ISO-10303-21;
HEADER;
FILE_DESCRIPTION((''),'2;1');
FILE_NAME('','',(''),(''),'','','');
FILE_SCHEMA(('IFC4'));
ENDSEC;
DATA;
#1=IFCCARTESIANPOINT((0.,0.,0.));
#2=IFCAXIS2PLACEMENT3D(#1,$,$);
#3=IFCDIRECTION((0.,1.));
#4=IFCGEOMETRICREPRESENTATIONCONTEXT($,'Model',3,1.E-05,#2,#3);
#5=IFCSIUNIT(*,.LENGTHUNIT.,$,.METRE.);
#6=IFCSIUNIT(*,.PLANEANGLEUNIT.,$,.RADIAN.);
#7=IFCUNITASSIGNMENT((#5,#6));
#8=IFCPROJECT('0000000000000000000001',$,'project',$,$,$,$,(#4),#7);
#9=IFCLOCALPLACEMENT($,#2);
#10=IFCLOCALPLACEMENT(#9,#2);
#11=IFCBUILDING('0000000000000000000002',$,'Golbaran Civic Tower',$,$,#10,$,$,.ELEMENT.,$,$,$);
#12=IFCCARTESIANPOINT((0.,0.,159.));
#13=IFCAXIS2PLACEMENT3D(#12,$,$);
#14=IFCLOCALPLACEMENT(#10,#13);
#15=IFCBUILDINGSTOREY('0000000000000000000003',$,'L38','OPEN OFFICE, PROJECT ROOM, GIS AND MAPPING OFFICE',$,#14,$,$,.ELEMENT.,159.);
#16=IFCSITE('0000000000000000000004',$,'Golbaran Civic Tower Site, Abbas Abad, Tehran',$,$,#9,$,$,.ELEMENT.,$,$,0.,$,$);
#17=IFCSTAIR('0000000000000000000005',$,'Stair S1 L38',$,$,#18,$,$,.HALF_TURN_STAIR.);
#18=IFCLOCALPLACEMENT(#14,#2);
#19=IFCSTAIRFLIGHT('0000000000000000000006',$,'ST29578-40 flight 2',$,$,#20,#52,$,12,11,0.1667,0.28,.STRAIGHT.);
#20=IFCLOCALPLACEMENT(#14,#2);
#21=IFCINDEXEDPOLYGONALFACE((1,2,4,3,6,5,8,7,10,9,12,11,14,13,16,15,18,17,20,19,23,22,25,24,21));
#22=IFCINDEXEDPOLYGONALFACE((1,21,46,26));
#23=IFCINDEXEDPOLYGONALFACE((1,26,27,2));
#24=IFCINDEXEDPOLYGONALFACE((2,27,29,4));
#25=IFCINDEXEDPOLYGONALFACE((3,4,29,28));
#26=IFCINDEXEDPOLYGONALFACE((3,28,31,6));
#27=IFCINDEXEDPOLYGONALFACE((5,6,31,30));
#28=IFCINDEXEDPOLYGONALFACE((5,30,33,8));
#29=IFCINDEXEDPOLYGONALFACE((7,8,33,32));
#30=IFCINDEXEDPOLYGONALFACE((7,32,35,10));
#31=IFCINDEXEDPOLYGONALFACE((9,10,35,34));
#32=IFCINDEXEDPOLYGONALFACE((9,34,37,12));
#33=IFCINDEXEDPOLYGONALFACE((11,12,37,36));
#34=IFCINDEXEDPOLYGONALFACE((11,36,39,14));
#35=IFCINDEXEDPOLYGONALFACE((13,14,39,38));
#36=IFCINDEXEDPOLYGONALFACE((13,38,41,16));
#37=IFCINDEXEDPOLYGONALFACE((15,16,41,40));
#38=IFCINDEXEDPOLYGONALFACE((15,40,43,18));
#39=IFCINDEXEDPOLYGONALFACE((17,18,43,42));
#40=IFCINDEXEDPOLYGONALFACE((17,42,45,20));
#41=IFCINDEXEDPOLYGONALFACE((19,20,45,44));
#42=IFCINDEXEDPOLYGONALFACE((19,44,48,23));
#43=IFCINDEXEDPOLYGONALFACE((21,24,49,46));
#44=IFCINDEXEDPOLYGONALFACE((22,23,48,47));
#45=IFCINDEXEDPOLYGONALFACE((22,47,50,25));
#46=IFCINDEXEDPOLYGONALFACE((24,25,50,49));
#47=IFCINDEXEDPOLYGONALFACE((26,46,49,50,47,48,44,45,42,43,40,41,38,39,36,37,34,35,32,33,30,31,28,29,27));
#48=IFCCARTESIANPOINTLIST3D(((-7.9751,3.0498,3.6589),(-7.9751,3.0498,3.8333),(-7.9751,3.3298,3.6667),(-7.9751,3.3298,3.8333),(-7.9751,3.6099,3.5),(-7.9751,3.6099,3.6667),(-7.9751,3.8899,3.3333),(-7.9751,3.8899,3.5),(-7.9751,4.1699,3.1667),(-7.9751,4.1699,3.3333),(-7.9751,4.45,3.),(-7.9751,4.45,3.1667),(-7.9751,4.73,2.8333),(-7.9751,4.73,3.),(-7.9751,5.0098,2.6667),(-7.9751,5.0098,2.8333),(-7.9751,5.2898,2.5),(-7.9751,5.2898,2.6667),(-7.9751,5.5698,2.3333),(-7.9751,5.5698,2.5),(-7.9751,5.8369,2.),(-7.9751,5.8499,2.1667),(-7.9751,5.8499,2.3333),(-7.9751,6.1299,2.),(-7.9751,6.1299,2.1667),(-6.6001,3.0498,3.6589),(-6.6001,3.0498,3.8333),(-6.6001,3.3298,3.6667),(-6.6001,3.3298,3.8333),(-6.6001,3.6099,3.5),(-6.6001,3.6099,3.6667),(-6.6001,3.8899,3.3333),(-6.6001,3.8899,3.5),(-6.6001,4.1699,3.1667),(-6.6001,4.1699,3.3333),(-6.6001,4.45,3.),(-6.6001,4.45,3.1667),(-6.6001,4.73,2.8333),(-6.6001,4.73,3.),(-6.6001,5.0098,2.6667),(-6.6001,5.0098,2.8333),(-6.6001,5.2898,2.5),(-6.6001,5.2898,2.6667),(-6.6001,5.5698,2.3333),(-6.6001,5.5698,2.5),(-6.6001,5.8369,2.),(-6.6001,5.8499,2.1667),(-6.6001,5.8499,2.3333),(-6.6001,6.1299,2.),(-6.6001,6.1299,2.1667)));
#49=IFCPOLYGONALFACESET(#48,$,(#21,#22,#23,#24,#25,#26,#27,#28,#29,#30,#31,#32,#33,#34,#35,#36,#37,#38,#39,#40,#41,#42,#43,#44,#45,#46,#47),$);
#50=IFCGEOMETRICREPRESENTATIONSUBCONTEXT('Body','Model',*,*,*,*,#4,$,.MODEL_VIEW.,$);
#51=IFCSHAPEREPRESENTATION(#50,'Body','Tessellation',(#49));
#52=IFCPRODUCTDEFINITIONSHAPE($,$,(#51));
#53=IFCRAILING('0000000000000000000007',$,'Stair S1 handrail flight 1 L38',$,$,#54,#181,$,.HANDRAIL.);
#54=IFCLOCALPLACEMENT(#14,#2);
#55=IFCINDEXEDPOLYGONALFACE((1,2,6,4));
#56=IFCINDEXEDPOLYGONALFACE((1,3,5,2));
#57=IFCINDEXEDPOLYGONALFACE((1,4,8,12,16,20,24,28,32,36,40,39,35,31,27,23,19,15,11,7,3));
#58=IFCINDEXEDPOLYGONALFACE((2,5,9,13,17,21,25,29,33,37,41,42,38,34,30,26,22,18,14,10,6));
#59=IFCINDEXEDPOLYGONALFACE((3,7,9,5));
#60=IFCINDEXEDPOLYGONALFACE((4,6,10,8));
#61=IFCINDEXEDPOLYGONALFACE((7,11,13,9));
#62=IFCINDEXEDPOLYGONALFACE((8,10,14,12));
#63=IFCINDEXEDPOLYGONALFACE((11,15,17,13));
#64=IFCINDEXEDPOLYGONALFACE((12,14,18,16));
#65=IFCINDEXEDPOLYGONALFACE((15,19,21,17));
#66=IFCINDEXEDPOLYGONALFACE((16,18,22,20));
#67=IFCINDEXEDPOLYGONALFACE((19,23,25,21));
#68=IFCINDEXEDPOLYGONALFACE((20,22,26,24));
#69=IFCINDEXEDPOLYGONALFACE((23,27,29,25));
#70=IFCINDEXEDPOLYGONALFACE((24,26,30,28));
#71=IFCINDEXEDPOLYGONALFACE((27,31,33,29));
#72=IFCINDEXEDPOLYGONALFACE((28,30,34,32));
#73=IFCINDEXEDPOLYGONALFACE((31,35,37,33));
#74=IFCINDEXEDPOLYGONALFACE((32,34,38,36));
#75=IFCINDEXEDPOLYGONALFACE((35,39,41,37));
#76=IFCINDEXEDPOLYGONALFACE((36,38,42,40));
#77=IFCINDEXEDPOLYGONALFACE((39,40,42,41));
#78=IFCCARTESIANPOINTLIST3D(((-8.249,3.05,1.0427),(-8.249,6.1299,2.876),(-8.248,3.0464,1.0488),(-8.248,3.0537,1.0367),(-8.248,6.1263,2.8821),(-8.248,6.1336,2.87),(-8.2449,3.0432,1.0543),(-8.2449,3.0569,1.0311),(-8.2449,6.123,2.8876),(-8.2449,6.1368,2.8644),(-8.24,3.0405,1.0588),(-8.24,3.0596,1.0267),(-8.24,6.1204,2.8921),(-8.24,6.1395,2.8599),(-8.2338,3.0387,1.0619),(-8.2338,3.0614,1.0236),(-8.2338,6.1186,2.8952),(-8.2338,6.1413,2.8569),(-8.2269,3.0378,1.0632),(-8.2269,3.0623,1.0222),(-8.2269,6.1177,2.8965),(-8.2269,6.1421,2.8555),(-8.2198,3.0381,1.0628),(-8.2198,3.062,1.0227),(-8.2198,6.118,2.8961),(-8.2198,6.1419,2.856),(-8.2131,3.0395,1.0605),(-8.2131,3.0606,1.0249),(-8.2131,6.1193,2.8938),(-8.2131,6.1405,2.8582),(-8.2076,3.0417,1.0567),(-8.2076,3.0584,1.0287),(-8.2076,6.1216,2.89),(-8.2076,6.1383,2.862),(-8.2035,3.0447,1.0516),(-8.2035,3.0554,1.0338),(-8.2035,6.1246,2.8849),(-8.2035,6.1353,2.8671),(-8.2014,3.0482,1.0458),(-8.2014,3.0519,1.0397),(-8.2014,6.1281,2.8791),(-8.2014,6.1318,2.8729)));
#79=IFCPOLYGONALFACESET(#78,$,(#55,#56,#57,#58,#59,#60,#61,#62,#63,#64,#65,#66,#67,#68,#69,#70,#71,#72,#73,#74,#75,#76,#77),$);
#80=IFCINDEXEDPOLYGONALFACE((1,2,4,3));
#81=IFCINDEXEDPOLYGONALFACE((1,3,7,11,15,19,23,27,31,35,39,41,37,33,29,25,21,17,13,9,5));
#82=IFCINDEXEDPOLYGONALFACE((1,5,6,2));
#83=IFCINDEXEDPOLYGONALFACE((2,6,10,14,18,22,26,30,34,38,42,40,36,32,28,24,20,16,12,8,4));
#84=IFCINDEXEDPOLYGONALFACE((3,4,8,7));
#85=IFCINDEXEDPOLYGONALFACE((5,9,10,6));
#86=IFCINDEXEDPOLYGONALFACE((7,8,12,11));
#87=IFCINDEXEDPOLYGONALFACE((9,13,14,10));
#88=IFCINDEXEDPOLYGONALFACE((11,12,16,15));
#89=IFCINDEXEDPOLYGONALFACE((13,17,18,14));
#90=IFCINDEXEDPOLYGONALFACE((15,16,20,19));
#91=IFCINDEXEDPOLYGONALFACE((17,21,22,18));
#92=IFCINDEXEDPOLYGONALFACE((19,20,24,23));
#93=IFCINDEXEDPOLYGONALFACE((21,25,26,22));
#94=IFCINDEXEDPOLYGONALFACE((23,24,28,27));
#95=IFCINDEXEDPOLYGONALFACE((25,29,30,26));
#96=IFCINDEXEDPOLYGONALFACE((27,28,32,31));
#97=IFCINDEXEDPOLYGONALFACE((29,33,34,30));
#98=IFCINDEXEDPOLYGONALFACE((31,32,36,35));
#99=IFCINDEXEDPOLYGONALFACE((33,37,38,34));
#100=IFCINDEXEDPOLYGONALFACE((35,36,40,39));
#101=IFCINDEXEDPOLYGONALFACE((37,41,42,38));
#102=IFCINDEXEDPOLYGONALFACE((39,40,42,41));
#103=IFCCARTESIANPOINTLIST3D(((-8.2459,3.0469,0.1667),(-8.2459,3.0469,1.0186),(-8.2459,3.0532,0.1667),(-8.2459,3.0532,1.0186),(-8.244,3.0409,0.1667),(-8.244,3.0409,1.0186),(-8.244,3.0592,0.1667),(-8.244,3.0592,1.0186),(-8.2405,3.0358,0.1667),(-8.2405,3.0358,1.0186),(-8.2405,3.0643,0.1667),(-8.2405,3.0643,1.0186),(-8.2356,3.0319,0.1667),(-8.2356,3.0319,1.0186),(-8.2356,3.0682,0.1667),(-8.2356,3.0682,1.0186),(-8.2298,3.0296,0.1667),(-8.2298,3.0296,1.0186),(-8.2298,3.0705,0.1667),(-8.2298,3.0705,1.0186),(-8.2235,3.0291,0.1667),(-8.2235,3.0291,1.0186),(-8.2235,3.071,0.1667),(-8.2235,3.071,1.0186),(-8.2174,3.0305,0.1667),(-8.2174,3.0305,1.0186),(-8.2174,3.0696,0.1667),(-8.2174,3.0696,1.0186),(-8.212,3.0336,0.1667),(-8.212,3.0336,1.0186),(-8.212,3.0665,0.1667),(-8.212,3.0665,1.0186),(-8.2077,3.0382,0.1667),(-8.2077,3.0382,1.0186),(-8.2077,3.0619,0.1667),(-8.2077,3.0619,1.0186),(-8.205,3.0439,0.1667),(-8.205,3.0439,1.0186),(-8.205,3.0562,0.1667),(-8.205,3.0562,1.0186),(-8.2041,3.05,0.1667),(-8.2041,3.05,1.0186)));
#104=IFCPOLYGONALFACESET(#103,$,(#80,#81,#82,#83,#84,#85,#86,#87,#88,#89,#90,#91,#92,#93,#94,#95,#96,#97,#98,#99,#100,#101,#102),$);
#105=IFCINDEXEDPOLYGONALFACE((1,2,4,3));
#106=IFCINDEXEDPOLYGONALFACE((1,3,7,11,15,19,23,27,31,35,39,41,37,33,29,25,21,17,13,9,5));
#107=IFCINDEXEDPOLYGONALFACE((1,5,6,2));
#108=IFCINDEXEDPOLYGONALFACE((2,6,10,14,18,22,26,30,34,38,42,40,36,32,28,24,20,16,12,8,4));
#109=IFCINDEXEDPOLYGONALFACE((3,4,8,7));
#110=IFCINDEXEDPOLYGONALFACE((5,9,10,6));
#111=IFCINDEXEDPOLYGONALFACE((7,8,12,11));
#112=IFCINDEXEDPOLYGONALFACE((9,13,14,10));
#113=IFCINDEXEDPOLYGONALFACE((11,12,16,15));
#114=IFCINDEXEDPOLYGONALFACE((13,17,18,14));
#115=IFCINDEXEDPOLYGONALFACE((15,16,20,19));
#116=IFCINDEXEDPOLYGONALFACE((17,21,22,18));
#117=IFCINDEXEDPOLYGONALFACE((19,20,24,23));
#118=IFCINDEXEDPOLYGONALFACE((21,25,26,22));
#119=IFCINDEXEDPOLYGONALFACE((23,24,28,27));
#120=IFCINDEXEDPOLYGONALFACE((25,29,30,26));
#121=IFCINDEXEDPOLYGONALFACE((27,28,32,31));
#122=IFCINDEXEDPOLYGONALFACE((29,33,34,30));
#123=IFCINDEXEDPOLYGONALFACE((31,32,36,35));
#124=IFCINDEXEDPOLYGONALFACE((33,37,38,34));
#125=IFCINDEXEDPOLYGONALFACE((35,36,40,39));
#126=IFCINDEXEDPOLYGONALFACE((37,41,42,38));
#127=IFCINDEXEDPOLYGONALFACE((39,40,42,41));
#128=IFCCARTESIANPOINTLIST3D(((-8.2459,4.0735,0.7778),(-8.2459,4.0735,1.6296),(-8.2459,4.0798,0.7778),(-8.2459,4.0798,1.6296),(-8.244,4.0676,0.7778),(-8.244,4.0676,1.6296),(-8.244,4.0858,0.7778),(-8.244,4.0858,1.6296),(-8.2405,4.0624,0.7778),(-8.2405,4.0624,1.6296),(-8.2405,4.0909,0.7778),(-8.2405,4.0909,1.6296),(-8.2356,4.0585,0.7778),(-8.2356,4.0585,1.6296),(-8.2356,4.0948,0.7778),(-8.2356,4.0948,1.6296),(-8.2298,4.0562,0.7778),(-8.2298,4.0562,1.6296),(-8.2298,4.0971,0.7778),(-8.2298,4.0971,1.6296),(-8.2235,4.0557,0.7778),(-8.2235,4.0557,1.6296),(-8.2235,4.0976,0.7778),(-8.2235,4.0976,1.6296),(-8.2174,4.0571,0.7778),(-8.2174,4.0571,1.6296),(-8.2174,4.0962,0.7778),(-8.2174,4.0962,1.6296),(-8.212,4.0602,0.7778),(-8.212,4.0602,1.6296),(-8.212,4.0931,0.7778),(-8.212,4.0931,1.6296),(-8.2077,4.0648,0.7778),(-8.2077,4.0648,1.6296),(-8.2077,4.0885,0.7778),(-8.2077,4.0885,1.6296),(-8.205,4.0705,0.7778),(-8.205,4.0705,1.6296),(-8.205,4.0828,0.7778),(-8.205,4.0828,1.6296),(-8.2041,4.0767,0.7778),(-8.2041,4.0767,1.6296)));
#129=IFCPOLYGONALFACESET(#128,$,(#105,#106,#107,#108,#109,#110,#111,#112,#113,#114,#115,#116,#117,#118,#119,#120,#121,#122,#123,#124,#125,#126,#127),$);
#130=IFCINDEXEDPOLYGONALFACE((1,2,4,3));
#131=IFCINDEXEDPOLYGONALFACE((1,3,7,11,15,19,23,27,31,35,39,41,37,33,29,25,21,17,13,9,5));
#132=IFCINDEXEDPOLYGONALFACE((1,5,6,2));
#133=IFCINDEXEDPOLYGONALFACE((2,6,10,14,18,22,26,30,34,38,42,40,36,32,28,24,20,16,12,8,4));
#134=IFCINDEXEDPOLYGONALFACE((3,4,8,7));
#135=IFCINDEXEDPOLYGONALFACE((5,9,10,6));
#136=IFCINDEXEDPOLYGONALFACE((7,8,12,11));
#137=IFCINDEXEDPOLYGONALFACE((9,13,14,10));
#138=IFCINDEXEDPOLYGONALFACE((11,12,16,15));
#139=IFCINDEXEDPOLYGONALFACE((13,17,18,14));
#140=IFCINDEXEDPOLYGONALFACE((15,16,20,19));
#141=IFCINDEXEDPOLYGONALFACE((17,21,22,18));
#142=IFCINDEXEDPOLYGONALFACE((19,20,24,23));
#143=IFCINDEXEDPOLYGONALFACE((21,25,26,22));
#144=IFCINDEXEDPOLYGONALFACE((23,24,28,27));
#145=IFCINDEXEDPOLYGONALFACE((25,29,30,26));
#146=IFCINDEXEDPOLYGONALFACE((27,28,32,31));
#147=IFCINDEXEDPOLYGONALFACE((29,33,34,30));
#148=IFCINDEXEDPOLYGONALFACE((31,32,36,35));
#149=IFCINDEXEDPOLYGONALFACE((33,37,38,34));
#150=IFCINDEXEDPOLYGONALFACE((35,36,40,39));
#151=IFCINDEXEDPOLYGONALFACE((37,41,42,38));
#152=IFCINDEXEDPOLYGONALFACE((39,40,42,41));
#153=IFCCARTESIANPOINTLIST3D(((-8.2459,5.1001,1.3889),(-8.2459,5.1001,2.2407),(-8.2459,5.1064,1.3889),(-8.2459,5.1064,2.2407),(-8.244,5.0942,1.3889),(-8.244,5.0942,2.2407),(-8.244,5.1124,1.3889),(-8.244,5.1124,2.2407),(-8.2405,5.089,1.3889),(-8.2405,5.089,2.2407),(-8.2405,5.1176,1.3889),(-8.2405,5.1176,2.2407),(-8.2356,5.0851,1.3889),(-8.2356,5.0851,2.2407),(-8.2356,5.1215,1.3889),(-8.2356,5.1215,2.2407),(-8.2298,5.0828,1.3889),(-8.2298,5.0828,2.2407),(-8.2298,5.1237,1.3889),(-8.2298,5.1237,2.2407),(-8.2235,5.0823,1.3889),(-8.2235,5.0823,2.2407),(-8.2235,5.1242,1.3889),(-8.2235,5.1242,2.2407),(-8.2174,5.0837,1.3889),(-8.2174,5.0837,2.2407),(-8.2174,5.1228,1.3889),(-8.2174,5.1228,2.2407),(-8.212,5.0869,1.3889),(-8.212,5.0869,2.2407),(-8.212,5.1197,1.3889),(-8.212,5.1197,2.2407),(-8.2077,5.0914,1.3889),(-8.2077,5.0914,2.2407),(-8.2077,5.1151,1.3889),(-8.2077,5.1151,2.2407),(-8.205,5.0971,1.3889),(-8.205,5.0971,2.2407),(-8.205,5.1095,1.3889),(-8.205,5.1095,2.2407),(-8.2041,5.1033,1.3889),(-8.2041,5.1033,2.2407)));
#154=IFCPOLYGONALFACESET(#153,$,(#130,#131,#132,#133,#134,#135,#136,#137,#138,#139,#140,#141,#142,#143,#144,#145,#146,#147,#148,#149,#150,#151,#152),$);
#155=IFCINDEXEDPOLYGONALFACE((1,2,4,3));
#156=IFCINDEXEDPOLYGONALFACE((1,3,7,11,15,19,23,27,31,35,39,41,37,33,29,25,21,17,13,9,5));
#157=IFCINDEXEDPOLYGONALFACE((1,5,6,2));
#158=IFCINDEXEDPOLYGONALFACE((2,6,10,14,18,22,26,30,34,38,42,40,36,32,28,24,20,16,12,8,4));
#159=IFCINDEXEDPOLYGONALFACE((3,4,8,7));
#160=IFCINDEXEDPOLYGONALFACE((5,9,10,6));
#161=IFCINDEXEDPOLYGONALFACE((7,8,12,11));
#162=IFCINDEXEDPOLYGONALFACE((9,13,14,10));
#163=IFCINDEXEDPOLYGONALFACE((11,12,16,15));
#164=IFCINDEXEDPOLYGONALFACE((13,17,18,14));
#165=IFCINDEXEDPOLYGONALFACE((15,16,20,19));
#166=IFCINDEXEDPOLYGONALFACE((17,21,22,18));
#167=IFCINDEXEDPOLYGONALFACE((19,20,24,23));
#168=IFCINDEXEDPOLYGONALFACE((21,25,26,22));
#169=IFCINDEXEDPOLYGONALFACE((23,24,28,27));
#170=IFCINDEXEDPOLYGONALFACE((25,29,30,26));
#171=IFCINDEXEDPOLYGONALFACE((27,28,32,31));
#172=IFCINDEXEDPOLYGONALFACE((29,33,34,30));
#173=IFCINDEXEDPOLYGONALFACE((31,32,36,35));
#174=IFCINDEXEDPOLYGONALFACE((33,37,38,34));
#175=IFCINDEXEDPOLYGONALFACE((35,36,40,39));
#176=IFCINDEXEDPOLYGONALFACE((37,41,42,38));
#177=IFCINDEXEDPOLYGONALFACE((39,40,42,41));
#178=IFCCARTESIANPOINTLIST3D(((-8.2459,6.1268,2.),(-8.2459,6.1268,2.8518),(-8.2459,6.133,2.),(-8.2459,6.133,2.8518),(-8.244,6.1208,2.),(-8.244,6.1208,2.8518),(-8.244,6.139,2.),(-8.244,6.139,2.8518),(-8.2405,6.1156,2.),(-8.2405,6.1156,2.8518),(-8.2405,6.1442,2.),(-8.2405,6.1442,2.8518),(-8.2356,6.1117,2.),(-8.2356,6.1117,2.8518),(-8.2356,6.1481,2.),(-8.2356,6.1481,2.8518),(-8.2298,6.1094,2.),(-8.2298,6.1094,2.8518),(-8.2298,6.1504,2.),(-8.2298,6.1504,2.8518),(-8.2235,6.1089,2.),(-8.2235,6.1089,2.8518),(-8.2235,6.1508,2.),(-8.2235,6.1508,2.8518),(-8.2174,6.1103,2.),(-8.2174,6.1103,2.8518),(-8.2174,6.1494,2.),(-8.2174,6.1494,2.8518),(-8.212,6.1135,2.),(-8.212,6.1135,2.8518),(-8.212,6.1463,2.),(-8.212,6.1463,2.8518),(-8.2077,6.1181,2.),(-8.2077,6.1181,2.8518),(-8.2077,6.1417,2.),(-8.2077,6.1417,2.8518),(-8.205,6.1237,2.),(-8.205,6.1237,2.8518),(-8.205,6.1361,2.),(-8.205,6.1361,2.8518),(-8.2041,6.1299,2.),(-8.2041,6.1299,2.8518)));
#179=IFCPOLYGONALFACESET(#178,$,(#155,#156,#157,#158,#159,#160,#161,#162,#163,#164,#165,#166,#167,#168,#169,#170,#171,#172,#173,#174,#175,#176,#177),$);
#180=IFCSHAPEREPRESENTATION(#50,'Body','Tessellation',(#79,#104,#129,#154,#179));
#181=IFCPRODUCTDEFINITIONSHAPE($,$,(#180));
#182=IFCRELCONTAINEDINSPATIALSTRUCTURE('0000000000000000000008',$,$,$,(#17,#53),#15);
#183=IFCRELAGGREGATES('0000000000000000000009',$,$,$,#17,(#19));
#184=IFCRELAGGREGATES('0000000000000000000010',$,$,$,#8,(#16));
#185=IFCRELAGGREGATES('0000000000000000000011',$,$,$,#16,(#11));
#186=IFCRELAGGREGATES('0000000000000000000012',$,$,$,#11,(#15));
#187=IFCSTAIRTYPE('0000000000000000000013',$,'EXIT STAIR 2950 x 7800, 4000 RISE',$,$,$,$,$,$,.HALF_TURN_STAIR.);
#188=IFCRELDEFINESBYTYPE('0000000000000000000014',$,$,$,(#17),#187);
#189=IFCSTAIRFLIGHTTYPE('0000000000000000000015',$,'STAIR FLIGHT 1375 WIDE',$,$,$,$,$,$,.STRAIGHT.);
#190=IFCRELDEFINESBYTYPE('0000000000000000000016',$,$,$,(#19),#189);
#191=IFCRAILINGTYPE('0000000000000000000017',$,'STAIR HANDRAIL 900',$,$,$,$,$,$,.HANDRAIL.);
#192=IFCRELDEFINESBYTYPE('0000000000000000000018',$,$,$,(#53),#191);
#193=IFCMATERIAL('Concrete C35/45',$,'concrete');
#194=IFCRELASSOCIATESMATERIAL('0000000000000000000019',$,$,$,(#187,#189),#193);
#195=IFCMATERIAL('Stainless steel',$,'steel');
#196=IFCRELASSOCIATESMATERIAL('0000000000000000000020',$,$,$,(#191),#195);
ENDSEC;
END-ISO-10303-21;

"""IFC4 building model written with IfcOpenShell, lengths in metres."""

from ifc_helpers import new_model, si_unit, direction, frame, origin, origin_2d, place, context, subcontext, project, spatial, polyline, circle, outline, extrude, material, type_object, element, aggregate, save


model = new_model("IFC4")

# Units and contexts
model_context = context("Model", 3, precision=1e-05, world=origin(), true_north=direction((0.0, 1.0)))
body_context = subcontext(model_context, "Body", "Model", "MODEL_VIEW")
ifc_project = project(units=[si_unit("LENGTHUNIT", "METRE"), si_unit("PLANEANGLEUNIT", "RADIAN")], contexts=[model_context])

# Site, building, storey
site_placement = place(None, origin())
site = spatial("IfcSite", under=ifc_project, at=site_placement, Name="Golbaran Civic Tower Site, Abbas Abad, Tehran", CompositionType="ELEMENT", RefElevation=0.0)
building_placement = place(site_placement, origin())
building = spatial("IfcBuilding", under=site, at=building_placement, Name="Golbaran Civic Tower", CompositionType="ELEMENT")
storey_placement = place(building_placement, frame((0.0, 0.0, 159.0)))
storey = spatial("IfcBuildingStorey", under=building, at=storey_placement, Name="L38", Description="OPEN OFFICE, PROJECT ROOM, GIS AND MAPPING OFFICE", CompositionType="ELEMENT", Elevation=159.0)

# Shared definitions
ifc_material_1 = material(Name="Concrete C35/45", Category="concrete")

# Stair
stair_type = type_object("IfcStairType", Name="EXIT STAIR 2950 x 7800, 4000 RISE", PredefinedType="HALF_TURN_STAIR", material=ifc_material_1)
stair_1_placement = place(storey_placement, origin())
stair_1 = element("IfcStair", 1, at=stair_1_placement, inside=storey, type_object=stair_type, Name="Stair S1 L38", PredefinedType="HALF_TURN_STAIR")

# Shared definitions
ifc_material_2 = material(Name="Stainless steel", Category="steel")

# Stair flight
stair_flight_type = type_object("IfcStairFlightType", Name="STAIR FLIGHT 1375 WIDE", PredefinedType="STRAIGHT", material=ifc_material_1)
stair_flight_1_placement = place(storey_placement, frame((-7.2876, 6.1299, 2.0), z_axis=(0.0, 0.0, 1.0), x_axis=(0.0, -1.0, 0.0)))
stair_flight_1 = element("IfcStairFlight", 2, at=stair_flight_1_placement, type_object=stair_flight_type, Name="ST29578-40 flight 2", NumberOfRisers=12, NumberOfTreads=11, PredefinedType="STRAIGHT", RiserHeight=0.1667, TreadLength=0.28, context=body_context, shape_type="SweptSolid", body=[
    extrude(outline(polyline([(0.0, 0.0), (0.0, 0.1667), (0.28, 0.1667), (0.28, 0.3333), (0.5601, 0.3333), (0.5601, 0.5), (0.8401, 0.5), (0.8401, 0.6667), (1.1201, 0.6667), (1.1201, 0.8333), (1.3999, 0.8333), (1.3999, 1.0), (1.6799, 1.0), (1.6799, 1.1667), (1.96, 1.1667), (1.96, 1.3333), (2.24, 1.3333), (2.24, 1.5), (2.52, 1.5), (2.52, 1.6667), (2.8, 1.6667), (2.8, 1.8333), (3.0801, 1.8333), (3.0801, 2.0), (3.0801, 1.6589), (0.293, 0.0), (0.0, 0.0)])), frame((0.0, 0.6875, 0.0), z_axis=(0.0, -1.0, 0.0), x_axis=(1.0, 0.0, 0.0)), (0.0, 0.0, 1.0), 1.375),
])
aggregate(stair_1, [stair_flight_1])

# Railing
railing_type = type_object("IfcRailingType", Name="STAIR HANDRAIL 900", PredefinedType="HANDRAIL", material=ifc_material_2)
railing_1_placement = place(storey_placement, frame((-8.2251, 3.05, 0.1667)))
element("IfcRailing", 3, at=railing_1_placement, inside=storey, type_object=railing_type, Name="Stair S1 handrail flight 1 L38", PredefinedType="HANDRAIL", context=body_context, shape_type="SweptSolid", body=[
    extrude(circle(Radius=0.0239, at=origin_2d()), frame((0.0, 0.0, 0.876), z_axis=(0.0, 0.859291, 0.511487), x_axis=(-1.0, 0.0, 0.0)), (0.0, 0.0, 1.0), 3.5842),
    extrude(circle(Radius=0.021, at=origin_2d()), origin(), (0.0, 0.0, 1.0), 0.8518),
    extrude(circle(Radius=0.021, at=origin_2d()), frame((0.0, 1.0266, 0.6111)), (0.0, 0.0, 1.0), 0.8518),
    extrude(circle(Radius=0.021, at=origin_2d()), frame((0.0, 2.0532, 1.2222)), (0.0, 0.0, 1.0), 0.8518),
    extrude(circle(Radius=0.021, at=origin_2d()), frame((0.0, 3.0798, 1.8333)), (0.0, 0.0, 1.0), 0.8518),
])

save(model, "model.ifc")
